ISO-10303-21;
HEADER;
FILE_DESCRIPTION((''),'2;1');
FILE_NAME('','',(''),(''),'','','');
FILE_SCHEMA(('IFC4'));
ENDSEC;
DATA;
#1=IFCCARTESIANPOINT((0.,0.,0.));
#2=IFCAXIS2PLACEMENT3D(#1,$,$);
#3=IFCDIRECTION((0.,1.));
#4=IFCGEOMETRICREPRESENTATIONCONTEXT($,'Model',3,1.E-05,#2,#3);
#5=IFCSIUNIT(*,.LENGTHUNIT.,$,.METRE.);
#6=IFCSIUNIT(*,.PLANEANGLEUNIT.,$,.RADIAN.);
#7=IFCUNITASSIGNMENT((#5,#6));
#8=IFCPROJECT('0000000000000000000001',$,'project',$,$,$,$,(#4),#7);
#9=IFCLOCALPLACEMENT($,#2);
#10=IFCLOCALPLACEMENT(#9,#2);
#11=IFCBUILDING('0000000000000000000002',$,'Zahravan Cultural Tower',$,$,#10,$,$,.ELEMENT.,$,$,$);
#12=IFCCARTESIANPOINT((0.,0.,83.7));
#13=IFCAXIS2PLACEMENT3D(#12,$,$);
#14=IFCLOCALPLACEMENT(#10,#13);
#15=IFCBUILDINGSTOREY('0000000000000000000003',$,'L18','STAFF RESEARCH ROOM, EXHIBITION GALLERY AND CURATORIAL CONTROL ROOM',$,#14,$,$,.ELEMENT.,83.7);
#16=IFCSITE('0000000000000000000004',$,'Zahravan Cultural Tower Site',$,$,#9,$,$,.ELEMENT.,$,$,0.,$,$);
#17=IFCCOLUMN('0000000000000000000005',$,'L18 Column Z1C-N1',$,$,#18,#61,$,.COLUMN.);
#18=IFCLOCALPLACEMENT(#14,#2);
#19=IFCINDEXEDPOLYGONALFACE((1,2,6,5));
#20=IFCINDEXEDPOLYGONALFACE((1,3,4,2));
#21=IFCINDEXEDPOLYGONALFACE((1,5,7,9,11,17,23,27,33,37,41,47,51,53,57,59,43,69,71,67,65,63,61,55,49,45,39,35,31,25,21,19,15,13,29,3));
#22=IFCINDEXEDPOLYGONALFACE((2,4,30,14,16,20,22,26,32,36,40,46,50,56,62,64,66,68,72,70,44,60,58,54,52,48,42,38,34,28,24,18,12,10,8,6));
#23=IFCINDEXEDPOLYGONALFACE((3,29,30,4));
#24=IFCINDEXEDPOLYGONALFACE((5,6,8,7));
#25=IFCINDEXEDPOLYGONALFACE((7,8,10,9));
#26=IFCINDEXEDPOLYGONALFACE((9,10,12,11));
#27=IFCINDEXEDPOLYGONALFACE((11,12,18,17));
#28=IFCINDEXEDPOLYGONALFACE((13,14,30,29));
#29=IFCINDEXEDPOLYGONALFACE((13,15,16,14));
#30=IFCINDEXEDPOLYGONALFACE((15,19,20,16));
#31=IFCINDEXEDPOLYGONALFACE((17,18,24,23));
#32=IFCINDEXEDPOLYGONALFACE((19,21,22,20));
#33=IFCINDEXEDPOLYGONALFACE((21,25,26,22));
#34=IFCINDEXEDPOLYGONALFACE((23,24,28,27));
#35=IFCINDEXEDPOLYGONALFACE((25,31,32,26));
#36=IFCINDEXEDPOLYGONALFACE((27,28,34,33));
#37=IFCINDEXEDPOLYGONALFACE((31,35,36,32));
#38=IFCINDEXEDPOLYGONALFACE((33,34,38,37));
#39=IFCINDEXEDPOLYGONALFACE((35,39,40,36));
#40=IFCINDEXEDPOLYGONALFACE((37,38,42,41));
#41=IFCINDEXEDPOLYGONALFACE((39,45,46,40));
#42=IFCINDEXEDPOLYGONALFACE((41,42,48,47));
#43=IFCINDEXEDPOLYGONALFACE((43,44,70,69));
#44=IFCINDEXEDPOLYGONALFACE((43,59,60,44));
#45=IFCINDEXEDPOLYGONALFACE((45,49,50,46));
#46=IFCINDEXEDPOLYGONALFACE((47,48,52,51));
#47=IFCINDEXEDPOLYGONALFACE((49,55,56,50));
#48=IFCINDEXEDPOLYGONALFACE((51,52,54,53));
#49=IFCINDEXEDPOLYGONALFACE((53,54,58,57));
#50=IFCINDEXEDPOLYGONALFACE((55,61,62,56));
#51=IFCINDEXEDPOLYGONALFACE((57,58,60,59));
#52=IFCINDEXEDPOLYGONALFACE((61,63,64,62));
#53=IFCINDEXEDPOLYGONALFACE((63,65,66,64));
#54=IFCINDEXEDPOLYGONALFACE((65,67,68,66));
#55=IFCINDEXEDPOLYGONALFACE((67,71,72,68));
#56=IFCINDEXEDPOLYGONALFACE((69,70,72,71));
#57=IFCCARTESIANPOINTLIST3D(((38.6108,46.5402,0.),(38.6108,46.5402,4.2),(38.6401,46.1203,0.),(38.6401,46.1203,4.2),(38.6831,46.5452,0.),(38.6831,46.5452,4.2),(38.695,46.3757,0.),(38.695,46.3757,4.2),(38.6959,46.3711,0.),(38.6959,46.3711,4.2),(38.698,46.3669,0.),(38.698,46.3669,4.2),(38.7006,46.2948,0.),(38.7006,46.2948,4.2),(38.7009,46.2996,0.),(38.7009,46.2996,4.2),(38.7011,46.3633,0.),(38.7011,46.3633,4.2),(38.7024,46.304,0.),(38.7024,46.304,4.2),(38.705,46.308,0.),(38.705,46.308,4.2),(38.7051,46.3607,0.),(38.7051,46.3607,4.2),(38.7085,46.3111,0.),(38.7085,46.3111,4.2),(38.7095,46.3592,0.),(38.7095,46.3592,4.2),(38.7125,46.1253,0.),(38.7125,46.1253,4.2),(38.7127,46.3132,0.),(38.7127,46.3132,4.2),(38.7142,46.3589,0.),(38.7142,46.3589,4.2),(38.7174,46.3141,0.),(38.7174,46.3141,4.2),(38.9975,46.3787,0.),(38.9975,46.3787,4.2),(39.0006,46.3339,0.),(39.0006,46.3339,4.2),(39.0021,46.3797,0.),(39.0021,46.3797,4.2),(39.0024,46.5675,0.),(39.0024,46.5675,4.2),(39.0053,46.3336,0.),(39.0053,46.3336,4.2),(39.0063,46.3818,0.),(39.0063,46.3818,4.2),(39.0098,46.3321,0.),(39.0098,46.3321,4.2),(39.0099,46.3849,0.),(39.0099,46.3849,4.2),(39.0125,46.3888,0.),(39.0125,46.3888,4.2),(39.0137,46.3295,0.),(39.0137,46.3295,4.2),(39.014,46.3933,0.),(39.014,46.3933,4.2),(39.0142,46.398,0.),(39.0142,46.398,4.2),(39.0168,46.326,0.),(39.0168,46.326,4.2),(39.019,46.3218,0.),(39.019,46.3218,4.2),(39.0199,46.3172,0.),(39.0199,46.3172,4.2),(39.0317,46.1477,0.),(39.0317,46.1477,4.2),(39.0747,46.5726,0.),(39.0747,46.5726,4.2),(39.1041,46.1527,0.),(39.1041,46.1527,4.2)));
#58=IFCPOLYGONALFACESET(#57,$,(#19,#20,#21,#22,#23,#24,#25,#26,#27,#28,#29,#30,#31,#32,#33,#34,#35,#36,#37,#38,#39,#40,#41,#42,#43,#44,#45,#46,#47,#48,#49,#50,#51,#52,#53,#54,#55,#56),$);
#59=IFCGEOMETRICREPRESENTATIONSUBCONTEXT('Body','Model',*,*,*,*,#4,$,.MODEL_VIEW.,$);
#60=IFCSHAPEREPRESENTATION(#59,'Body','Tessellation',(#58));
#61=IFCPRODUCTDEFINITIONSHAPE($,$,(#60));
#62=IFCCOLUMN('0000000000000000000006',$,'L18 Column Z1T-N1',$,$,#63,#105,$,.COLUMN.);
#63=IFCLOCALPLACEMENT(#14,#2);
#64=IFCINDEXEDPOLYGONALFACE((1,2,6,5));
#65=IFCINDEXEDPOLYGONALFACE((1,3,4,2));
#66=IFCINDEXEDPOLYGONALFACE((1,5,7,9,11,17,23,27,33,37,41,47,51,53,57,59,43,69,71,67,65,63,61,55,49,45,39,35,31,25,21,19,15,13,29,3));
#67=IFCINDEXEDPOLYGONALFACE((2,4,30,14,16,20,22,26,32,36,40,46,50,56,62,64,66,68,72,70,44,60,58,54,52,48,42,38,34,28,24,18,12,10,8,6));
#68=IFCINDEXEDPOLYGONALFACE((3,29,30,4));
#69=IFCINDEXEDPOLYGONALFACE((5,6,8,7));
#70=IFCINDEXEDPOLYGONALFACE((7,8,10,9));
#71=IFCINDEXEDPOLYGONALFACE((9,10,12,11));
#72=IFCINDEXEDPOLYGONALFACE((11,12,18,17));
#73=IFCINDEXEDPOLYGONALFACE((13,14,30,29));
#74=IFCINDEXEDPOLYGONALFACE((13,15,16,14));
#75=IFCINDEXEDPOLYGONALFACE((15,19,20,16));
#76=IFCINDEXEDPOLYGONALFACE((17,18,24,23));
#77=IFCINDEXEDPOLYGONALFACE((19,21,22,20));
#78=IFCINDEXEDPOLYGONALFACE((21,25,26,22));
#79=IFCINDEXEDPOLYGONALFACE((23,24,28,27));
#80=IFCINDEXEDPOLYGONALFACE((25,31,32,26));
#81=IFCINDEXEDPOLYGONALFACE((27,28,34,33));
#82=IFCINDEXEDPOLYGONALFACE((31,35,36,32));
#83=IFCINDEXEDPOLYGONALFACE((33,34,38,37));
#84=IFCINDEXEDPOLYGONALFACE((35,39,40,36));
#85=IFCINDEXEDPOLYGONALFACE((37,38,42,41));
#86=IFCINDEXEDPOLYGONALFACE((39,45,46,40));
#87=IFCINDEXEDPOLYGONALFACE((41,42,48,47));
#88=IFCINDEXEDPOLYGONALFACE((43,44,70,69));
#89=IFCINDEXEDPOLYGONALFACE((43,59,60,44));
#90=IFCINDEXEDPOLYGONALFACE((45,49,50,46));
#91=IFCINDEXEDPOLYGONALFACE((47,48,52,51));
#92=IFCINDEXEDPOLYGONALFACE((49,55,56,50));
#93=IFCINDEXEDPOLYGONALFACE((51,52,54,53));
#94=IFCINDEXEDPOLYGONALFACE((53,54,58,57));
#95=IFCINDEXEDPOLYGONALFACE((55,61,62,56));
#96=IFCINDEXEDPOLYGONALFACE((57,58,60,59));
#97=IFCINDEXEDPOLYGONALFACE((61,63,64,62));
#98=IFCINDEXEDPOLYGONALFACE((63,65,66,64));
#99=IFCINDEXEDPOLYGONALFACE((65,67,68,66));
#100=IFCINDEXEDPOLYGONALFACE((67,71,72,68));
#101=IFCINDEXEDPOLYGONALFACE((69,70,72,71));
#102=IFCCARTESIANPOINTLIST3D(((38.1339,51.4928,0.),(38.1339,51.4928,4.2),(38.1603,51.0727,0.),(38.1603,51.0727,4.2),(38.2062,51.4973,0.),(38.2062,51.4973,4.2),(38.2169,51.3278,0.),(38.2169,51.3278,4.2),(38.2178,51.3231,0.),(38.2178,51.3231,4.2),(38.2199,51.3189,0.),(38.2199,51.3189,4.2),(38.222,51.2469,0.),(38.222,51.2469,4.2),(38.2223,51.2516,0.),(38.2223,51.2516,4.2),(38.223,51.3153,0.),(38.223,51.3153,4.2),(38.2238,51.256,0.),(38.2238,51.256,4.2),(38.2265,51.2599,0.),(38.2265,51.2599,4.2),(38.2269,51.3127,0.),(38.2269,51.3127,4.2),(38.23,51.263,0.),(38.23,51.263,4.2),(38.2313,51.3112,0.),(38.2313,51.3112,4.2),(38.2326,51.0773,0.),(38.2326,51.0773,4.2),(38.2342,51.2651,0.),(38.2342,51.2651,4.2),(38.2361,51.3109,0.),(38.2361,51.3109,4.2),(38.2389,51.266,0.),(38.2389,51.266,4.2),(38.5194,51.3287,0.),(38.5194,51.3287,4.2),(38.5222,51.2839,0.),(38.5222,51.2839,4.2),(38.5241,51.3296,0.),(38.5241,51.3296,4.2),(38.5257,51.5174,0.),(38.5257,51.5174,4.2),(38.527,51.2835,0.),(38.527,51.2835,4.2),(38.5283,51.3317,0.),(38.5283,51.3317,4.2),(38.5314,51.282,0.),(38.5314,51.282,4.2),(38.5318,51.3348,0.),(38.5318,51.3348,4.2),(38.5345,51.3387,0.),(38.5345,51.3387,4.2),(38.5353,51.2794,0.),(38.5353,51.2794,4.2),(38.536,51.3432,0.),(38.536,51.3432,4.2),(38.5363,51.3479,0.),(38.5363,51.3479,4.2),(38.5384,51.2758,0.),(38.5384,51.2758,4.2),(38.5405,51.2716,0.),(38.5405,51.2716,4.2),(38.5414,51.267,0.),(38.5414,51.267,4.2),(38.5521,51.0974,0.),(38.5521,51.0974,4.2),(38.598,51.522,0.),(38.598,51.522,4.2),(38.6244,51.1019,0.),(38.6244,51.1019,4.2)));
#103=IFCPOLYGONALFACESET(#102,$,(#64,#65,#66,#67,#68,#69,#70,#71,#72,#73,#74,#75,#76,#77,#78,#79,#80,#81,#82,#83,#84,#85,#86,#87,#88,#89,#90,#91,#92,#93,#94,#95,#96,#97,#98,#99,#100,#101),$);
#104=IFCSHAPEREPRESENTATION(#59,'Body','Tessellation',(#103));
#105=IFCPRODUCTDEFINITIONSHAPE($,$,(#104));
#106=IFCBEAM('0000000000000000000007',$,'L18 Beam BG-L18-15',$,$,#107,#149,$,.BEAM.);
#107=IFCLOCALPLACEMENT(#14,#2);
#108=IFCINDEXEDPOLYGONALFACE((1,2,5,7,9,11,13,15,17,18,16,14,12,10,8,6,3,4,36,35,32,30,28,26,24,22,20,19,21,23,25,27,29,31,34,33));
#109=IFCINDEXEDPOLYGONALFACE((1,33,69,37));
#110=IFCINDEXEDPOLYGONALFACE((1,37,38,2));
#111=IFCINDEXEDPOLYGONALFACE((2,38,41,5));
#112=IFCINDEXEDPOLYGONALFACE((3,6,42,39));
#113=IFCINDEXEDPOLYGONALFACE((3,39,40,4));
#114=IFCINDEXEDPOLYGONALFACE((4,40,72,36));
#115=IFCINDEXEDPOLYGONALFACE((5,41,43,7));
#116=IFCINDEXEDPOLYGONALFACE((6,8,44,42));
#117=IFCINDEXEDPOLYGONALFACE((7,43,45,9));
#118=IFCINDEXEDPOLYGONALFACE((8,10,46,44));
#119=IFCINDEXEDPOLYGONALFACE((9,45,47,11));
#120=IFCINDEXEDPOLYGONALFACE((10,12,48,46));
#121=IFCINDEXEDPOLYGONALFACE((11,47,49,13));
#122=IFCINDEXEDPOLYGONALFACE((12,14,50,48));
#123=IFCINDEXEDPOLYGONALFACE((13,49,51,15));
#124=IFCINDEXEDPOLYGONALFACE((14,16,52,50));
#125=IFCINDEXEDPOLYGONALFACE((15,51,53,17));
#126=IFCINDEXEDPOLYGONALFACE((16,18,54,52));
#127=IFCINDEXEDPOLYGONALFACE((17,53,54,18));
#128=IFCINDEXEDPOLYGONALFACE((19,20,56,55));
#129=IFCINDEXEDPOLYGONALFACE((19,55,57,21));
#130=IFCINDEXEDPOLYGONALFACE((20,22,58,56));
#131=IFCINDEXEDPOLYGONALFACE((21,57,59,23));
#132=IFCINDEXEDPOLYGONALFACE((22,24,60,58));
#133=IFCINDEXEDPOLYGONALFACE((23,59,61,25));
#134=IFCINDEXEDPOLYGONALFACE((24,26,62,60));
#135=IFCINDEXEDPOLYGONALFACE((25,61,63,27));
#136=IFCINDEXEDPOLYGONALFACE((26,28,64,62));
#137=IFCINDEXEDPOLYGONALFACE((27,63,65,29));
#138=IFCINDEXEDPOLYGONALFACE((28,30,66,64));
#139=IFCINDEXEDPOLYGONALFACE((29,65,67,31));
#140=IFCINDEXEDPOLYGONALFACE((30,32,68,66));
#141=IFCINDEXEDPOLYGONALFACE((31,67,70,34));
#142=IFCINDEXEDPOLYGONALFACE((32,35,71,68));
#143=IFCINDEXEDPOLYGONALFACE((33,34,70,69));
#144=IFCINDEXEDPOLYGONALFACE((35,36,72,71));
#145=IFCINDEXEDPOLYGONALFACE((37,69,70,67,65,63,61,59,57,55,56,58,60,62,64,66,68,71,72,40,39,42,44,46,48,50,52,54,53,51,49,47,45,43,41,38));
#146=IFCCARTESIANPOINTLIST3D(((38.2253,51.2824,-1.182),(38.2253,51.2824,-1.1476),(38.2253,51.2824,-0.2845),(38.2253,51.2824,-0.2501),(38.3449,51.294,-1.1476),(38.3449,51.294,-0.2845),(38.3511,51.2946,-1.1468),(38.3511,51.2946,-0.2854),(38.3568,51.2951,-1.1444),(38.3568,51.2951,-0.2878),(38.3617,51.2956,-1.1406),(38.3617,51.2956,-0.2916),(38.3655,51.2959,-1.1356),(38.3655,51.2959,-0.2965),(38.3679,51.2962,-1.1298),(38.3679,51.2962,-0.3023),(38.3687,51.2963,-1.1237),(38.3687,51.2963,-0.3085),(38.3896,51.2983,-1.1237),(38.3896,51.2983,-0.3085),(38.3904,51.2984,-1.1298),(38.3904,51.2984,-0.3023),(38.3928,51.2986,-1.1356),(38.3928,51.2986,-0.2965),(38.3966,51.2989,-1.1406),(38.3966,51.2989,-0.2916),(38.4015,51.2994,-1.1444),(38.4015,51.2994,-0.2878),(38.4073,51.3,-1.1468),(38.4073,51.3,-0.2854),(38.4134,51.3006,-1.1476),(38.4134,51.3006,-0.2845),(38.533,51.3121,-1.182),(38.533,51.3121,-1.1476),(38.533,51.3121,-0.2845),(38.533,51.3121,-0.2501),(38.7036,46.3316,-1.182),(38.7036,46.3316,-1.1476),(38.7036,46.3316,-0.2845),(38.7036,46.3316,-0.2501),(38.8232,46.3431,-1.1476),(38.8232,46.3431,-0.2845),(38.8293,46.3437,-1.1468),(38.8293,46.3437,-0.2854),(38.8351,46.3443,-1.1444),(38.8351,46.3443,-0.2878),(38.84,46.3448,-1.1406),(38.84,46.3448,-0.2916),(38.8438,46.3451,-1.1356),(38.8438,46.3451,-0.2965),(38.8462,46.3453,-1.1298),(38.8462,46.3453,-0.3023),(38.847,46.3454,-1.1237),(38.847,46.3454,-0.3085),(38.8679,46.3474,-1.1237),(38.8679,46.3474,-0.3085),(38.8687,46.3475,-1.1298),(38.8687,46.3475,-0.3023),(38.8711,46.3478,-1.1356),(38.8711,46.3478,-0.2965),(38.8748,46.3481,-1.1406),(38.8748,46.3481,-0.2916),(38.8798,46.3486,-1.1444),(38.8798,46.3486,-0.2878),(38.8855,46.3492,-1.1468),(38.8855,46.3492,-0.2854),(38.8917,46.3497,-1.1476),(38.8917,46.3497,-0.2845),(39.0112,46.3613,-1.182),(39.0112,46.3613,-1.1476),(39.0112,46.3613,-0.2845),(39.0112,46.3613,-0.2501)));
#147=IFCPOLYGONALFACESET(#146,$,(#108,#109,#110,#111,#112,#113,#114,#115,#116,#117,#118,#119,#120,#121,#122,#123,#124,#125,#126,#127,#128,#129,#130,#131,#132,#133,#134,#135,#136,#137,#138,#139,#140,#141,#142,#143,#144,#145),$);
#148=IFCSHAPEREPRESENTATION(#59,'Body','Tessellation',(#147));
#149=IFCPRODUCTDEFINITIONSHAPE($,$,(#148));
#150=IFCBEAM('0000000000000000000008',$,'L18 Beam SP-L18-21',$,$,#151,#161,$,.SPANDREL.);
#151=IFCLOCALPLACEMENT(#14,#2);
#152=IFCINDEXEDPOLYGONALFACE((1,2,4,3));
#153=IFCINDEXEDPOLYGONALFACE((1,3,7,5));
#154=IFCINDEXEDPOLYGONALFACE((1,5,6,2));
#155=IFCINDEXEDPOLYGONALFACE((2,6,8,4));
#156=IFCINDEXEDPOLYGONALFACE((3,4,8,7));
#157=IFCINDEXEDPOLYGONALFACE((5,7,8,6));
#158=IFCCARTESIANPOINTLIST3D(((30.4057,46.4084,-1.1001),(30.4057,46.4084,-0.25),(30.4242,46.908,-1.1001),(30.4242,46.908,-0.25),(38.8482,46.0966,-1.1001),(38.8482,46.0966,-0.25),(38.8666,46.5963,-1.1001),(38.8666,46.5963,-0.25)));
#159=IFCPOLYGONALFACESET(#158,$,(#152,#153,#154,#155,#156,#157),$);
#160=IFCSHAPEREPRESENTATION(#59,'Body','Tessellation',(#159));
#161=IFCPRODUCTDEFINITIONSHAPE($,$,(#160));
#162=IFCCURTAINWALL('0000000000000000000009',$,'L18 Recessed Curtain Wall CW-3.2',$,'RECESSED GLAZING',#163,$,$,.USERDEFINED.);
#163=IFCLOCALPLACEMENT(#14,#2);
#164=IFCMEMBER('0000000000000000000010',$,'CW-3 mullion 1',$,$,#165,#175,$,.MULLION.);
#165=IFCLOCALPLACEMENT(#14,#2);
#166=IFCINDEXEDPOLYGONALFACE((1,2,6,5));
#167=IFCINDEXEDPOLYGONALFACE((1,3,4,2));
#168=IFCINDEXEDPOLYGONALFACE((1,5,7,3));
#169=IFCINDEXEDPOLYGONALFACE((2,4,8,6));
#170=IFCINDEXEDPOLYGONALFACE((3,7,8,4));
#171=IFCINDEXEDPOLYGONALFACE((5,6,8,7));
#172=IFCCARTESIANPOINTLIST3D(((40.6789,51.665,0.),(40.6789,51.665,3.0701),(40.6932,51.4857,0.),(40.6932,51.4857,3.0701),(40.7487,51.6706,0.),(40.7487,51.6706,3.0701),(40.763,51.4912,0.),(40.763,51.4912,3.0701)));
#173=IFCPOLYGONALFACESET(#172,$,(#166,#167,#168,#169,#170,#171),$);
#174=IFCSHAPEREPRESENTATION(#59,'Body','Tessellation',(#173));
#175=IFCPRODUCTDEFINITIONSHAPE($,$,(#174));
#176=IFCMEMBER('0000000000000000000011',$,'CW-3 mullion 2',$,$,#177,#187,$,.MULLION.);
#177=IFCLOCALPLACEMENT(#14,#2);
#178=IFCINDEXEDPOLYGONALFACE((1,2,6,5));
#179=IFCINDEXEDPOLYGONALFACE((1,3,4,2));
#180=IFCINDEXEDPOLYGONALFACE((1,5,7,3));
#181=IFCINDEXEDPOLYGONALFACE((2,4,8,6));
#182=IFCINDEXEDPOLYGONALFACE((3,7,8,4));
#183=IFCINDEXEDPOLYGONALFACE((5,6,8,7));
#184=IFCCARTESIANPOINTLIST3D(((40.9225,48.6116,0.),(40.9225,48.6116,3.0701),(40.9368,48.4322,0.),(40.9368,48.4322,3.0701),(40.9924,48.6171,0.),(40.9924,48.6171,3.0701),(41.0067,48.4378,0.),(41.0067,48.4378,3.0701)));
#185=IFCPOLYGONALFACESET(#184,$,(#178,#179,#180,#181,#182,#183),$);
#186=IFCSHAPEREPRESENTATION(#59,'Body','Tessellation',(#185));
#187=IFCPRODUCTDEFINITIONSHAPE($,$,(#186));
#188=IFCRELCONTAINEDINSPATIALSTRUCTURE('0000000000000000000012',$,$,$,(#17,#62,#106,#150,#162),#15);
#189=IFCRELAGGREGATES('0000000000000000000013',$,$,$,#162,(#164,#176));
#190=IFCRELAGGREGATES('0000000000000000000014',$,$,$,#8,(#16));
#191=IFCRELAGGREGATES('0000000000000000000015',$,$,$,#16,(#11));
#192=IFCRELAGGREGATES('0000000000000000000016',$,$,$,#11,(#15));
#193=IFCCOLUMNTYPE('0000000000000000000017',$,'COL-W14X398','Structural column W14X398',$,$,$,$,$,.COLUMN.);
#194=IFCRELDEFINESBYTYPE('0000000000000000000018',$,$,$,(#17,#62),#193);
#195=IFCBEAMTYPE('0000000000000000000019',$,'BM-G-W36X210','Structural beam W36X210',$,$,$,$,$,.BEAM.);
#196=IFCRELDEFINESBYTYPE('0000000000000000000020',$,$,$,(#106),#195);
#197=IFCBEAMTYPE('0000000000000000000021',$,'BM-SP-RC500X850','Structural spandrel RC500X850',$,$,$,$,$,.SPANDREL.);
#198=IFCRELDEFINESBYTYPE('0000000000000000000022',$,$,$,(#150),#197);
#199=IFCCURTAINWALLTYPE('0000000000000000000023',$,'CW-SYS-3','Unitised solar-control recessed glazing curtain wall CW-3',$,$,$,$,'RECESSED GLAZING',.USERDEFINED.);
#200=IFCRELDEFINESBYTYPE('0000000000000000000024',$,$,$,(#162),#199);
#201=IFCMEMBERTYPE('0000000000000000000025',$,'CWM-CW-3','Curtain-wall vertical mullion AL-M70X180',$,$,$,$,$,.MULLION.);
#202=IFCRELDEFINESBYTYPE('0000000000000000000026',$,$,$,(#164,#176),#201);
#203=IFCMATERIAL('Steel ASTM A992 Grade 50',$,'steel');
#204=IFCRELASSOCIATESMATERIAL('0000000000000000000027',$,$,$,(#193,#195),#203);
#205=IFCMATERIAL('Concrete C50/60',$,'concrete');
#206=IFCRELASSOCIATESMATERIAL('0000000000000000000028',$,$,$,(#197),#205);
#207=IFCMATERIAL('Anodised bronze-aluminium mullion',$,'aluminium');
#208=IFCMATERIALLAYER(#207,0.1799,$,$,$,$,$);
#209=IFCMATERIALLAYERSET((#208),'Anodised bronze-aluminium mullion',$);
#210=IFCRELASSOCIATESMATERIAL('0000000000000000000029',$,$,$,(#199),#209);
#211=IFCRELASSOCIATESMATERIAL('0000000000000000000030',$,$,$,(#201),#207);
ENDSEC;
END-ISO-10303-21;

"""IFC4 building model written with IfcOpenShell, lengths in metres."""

from ifc_helpers import new_model, si_unit, direction, frame, origin, origin_2d, place, context, subcontext, project, spatial, rectangle, i_section, extrude, source, transform, mapped, material, layer, layer_set, material_profile, profile_set, type_object, element, aggregate, save


model = new_model("IFC4")

# Units and contexts
model_context = context("Model", 3, precision=1e-05, world=origin(), true_north=direction((0.0, 1.0)))
body_context = subcontext(model_context, "Body", "Model", "MODEL_VIEW")
ifc_project = project(units=[si_unit("LENGTHUNIT", "METRE"), si_unit("PLANEANGLEUNIT", "RADIAN")], contexts=[model_context])

# Site, building, storey
site_placement = place(None, origin())
site = spatial("IfcSite", under=ifc_project, at=site_placement, Name="Zahravan Cultural Tower Site", CompositionType="ELEMENT", RefElevation=0.0)
building_placement = place(site_placement, origin())
building = spatial("IfcBuilding", under=site, at=building_placement, Name="Zahravan Cultural Tower", CompositionType="ELEMENT")
storey_placement = place(building_placement, frame((0.0, 0.0, 83.7)))
storey = spatial("IfcBuildingStorey", under=building, at=storey_placement, Name="L18", Description="STAFF RESEARCH ROOM, EXHIBITION GALLERY AND CURATORIAL CONTROL ROOM", CompositionType="ELEMENT", Elevation=83.7)

# Columns
ifc_material_1 = material(Name="Steel ASTM A992 Grade 50", Category="steel")
ifc_material_profile_1 = material_profile(ifc_material_1, i_section(OverallWidth=0.4209, OverallDepth=0.4651, WebThickness=0.0449, FlangeThickness=0.0725, FilletRadius=0.0181, at=origin_2d()), Name="W14X398")
ifc_profile_set_1 = profile_set([ifc_material_profile_1], Name="Steel ASTM A992 Grade 50")
column_type = type_object("IfcColumnType", Name="COL-W14X398", Description="Structural column W14X398", PredefinedType="COLUMN", material=ifc_profile_set_1)
shared_shape_1 = source(origin(), body_context, "Body", "SweptSolid", [
    extrude(i_section(OverallWidth=0.4209, OverallDepth=0.4651, WebThickness=0.0449, FlangeThickness=0.0725, FilletRadius=0.0181, at=origin_2d()), origin(), (0.0, 0.0, 1.0), 4.2),
])
for number, where, z_axis, x_axis, name in (
    (1, (38.8574, 46.3464, 0.0), (0.0, 0.0, 1.0), (-0.069756, 0.997564, 0.0), "L18 Column Z1C-N1"),
    (2, (38.3792, 51.2974, 0.0), (0.0, 0.0, 1.0), (-0.062791, 0.998027, 0.0), "L18 Column Z1T-N1"),
):
    element("IfcColumn", number, at=place(storey_placement, frame(where, z_axis=z_axis, x_axis=x_axis)), inside=storey, type_object=column_type, Name=name, PredefinedType="COLUMN", context=body_context, shape_type="MappedRepresentation", body=[
        mapped(shared_shape_1, transform((0.0, 0.0, 0.0), x_axis=(1.0, 0.0, 0.0), y_axis=(0.0, 1.0, 0.0), z_axis=(0.0, 0.0, 1.0), scale=1.0)),
    ])

# Beams
ifc_material_profile_2 = material_profile(ifc_material_1, i_section(OverallWidth=0.3091, OverallDepth=0.9319, WebThickness=0.021, FlangeThickness=0.0344, FilletRadius=0.0239, at=origin_2d()), Name="W36X210")
ifc_profile_set_2 = profile_set([ifc_material_profile_2], Name="Steel ASTM A992 Grade 50")
beam_type_1 = type_object("IfcBeamType", Name="BM-G-W36X210", Description="Structural beam W36X210", PredefinedType="BEAM", material=ifc_profile_set_2)
shared_shape_2 = source(origin(), body_context, "Body", "SweptSolid", [
    extrude(i_section(OverallWidth=0.3091, OverallDepth=0.9319, WebThickness=0.021, FlangeThickness=0.0344, FilletRadius=0.0239, at=origin_2d()), origin(), (0.0, 0.0, 1.0), 4.9739),
])
beam_1_placement = place(storey_placement, frame((38.8574, 46.3464, -0.7161), z_axis=(-0.096155, 0.995366, 0.0), x_axis=(-0.995366, -0.096155, 0.0)))
element("IfcBeam", 3, at=beam_1_placement, inside=storey, type_object=beam_type_1, Name="L18 Beam BG-L18-15", PredefinedType="BEAM", context=body_context, shape_type="MappedRepresentation", body=[
    mapped(shared_shape_2, transform((0.0, 0.0, 0.0), x_axis=(1.0, 0.0, 0.0), y_axis=(0.0, 1.0, 0.0), z_axis=(0.0, 0.0, 1.0), scale=1.0)),
])
ifc_material_2 = material(Name="Concrete C50/60", Category="concrete")
ifc_material_profile_3 = material_profile(ifc_material_2, rectangle(XDim=0.5, YDim=0.8501, at=origin_2d()), Name="RC500X850")
ifc_profile_set_3 = profile_set([ifc_material_profile_3], Name="Concrete C50/60")
beam_type_2 = type_object("IfcBeamType", Name="BM-SP-RC500X850", Description="Structural spandrel RC500X850", PredefinedType="SPANDREL", material=ifc_profile_set_3)
shared_shape_3 = source(origin(), body_context, "Body", "SweptSolid", [
    extrude(rectangle(XDim=0.5, YDim=0.8501, at=origin_2d()), origin(), (0.0, 0.0, 1.0), 8.4482),
])
beam_2_placement = place(storey_placement, frame((38.8574, 46.3464, -0.675), z_axis=(-0.999319, 0.036904, 0.0), x_axis=(-0.036904, -0.999319, 0.0)))
element("IfcBeam", 4, at=beam_2_placement, inside=storey, type_object=beam_type_2, Name="L18 Beam SP-L18-21", PredefinedType="SPANDREL", context=body_context, shape_type="MappedRepresentation", body=[
    mapped(shared_shape_3, transform((0.0, 0.0, 0.0), x_axis=(1.0, 0.0, 0.0), y_axis=(0.0, 1.0, 0.0), z_axis=(0.0, 0.0, 1.0), scale=1.0)),
])

# Curtain wall, members
ifc_material_3 = material(Name="Anodised bronze-aluminium mullion", Category="aluminium")
ifc_layer_1 = layer(ifc_material_3, 0.1799)
ifc_layer_set_1 = layer_set([ifc_layer_1], Name="Anodised bronze-aluminium mullion")
curtain_wall_type = type_object("IfcCurtainWallType", Name="CW-SYS-3", Description="Unitised solar-control recessed glazing curtain wall CW-3", ElementType="RECESSED GLAZING", PredefinedType="USERDEFINED", material=ifc_layer_set_1)
curtain_wall_placement = place(storey_placement, origin())
curtain_wall = element("IfcCurtainWall", 5, at=curtain_wall_placement, inside=storey, type_object=curtain_wall_type, Name="L18 Recessed Curtain Wall CW-3.2", ObjectType="RECESSED GLAZING", PredefinedType="USERDEFINED")
ifc_material_profile_4 = material_profile(ifc_material_3, rectangle(XDim=0.0701, YDim=0.1799, at=origin_2d()), Name="AL-M70X180")
ifc_profile_set_4 = profile_set([ifc_material_profile_4], Name="Anodised bronze-aluminium mullion")
member_type_1 = type_object("IfcMemberType", Name="CWM-CW-3", Description="Curtain-wall vertical mullion AL-M70X180", PredefinedType="MULLION", material=ifc_profile_set_4)
shared_shape_4 = source(origin(), body_context, "Body", "SweptSolid", [
    extrude(rectangle(XDim=0.0701, YDim=0.1799, at=origin_2d()), origin(), (0.0, 0.0, 1.0), 3.0701),
])
member_1_placement = place(storey_placement, frame((40.7209, 51.5781, 0.0), z_axis=(0.0, 0.0, 1.0), x_axis=(0.996835, 0.079501, 0.0)))
member_1 = element("IfcMember", 6, at=member_1_placement, type_object=member_type_1, Name="CW-3 mullion 1", PredefinedType="MULLION", context=body_context, shape_type="MappedRepresentation", body=[
    mapped(shared_shape_4, transform((0.0, 0.0, 0.0), x_axis=(1.0, 0.0, 0.0), y_axis=(0.0, 1.0, 0.0), z_axis=(0.0, 0.0, 1.0), scale=1.0)),
])
member_2_placement = place(storey_placement, frame((40.9646, 48.5247, 0.0), z_axis=(0.0, 0.0, 1.0), x_axis=(0.996835, 0.079501, 0.0)))
member_2 = element("IfcMember", 7, at=member_2_placement, type_object=member_type_1, Name="CW-3 mullion 2", PredefinedType="MULLION", context=body_context, shape_type="MappedRepresentation", body=[
    mapped(shared_shape_4, transform((0.0, 0.0, 0.0), x_axis=(1.0, 0.0, 0.0), y_axis=(0.0, 1.0, 0.0), z_axis=(0.0, 0.0, 1.0), scale=1.0)),
])
aggregate(curtain_wall, [member_1, member_2])

save(model, "model.ifc")
